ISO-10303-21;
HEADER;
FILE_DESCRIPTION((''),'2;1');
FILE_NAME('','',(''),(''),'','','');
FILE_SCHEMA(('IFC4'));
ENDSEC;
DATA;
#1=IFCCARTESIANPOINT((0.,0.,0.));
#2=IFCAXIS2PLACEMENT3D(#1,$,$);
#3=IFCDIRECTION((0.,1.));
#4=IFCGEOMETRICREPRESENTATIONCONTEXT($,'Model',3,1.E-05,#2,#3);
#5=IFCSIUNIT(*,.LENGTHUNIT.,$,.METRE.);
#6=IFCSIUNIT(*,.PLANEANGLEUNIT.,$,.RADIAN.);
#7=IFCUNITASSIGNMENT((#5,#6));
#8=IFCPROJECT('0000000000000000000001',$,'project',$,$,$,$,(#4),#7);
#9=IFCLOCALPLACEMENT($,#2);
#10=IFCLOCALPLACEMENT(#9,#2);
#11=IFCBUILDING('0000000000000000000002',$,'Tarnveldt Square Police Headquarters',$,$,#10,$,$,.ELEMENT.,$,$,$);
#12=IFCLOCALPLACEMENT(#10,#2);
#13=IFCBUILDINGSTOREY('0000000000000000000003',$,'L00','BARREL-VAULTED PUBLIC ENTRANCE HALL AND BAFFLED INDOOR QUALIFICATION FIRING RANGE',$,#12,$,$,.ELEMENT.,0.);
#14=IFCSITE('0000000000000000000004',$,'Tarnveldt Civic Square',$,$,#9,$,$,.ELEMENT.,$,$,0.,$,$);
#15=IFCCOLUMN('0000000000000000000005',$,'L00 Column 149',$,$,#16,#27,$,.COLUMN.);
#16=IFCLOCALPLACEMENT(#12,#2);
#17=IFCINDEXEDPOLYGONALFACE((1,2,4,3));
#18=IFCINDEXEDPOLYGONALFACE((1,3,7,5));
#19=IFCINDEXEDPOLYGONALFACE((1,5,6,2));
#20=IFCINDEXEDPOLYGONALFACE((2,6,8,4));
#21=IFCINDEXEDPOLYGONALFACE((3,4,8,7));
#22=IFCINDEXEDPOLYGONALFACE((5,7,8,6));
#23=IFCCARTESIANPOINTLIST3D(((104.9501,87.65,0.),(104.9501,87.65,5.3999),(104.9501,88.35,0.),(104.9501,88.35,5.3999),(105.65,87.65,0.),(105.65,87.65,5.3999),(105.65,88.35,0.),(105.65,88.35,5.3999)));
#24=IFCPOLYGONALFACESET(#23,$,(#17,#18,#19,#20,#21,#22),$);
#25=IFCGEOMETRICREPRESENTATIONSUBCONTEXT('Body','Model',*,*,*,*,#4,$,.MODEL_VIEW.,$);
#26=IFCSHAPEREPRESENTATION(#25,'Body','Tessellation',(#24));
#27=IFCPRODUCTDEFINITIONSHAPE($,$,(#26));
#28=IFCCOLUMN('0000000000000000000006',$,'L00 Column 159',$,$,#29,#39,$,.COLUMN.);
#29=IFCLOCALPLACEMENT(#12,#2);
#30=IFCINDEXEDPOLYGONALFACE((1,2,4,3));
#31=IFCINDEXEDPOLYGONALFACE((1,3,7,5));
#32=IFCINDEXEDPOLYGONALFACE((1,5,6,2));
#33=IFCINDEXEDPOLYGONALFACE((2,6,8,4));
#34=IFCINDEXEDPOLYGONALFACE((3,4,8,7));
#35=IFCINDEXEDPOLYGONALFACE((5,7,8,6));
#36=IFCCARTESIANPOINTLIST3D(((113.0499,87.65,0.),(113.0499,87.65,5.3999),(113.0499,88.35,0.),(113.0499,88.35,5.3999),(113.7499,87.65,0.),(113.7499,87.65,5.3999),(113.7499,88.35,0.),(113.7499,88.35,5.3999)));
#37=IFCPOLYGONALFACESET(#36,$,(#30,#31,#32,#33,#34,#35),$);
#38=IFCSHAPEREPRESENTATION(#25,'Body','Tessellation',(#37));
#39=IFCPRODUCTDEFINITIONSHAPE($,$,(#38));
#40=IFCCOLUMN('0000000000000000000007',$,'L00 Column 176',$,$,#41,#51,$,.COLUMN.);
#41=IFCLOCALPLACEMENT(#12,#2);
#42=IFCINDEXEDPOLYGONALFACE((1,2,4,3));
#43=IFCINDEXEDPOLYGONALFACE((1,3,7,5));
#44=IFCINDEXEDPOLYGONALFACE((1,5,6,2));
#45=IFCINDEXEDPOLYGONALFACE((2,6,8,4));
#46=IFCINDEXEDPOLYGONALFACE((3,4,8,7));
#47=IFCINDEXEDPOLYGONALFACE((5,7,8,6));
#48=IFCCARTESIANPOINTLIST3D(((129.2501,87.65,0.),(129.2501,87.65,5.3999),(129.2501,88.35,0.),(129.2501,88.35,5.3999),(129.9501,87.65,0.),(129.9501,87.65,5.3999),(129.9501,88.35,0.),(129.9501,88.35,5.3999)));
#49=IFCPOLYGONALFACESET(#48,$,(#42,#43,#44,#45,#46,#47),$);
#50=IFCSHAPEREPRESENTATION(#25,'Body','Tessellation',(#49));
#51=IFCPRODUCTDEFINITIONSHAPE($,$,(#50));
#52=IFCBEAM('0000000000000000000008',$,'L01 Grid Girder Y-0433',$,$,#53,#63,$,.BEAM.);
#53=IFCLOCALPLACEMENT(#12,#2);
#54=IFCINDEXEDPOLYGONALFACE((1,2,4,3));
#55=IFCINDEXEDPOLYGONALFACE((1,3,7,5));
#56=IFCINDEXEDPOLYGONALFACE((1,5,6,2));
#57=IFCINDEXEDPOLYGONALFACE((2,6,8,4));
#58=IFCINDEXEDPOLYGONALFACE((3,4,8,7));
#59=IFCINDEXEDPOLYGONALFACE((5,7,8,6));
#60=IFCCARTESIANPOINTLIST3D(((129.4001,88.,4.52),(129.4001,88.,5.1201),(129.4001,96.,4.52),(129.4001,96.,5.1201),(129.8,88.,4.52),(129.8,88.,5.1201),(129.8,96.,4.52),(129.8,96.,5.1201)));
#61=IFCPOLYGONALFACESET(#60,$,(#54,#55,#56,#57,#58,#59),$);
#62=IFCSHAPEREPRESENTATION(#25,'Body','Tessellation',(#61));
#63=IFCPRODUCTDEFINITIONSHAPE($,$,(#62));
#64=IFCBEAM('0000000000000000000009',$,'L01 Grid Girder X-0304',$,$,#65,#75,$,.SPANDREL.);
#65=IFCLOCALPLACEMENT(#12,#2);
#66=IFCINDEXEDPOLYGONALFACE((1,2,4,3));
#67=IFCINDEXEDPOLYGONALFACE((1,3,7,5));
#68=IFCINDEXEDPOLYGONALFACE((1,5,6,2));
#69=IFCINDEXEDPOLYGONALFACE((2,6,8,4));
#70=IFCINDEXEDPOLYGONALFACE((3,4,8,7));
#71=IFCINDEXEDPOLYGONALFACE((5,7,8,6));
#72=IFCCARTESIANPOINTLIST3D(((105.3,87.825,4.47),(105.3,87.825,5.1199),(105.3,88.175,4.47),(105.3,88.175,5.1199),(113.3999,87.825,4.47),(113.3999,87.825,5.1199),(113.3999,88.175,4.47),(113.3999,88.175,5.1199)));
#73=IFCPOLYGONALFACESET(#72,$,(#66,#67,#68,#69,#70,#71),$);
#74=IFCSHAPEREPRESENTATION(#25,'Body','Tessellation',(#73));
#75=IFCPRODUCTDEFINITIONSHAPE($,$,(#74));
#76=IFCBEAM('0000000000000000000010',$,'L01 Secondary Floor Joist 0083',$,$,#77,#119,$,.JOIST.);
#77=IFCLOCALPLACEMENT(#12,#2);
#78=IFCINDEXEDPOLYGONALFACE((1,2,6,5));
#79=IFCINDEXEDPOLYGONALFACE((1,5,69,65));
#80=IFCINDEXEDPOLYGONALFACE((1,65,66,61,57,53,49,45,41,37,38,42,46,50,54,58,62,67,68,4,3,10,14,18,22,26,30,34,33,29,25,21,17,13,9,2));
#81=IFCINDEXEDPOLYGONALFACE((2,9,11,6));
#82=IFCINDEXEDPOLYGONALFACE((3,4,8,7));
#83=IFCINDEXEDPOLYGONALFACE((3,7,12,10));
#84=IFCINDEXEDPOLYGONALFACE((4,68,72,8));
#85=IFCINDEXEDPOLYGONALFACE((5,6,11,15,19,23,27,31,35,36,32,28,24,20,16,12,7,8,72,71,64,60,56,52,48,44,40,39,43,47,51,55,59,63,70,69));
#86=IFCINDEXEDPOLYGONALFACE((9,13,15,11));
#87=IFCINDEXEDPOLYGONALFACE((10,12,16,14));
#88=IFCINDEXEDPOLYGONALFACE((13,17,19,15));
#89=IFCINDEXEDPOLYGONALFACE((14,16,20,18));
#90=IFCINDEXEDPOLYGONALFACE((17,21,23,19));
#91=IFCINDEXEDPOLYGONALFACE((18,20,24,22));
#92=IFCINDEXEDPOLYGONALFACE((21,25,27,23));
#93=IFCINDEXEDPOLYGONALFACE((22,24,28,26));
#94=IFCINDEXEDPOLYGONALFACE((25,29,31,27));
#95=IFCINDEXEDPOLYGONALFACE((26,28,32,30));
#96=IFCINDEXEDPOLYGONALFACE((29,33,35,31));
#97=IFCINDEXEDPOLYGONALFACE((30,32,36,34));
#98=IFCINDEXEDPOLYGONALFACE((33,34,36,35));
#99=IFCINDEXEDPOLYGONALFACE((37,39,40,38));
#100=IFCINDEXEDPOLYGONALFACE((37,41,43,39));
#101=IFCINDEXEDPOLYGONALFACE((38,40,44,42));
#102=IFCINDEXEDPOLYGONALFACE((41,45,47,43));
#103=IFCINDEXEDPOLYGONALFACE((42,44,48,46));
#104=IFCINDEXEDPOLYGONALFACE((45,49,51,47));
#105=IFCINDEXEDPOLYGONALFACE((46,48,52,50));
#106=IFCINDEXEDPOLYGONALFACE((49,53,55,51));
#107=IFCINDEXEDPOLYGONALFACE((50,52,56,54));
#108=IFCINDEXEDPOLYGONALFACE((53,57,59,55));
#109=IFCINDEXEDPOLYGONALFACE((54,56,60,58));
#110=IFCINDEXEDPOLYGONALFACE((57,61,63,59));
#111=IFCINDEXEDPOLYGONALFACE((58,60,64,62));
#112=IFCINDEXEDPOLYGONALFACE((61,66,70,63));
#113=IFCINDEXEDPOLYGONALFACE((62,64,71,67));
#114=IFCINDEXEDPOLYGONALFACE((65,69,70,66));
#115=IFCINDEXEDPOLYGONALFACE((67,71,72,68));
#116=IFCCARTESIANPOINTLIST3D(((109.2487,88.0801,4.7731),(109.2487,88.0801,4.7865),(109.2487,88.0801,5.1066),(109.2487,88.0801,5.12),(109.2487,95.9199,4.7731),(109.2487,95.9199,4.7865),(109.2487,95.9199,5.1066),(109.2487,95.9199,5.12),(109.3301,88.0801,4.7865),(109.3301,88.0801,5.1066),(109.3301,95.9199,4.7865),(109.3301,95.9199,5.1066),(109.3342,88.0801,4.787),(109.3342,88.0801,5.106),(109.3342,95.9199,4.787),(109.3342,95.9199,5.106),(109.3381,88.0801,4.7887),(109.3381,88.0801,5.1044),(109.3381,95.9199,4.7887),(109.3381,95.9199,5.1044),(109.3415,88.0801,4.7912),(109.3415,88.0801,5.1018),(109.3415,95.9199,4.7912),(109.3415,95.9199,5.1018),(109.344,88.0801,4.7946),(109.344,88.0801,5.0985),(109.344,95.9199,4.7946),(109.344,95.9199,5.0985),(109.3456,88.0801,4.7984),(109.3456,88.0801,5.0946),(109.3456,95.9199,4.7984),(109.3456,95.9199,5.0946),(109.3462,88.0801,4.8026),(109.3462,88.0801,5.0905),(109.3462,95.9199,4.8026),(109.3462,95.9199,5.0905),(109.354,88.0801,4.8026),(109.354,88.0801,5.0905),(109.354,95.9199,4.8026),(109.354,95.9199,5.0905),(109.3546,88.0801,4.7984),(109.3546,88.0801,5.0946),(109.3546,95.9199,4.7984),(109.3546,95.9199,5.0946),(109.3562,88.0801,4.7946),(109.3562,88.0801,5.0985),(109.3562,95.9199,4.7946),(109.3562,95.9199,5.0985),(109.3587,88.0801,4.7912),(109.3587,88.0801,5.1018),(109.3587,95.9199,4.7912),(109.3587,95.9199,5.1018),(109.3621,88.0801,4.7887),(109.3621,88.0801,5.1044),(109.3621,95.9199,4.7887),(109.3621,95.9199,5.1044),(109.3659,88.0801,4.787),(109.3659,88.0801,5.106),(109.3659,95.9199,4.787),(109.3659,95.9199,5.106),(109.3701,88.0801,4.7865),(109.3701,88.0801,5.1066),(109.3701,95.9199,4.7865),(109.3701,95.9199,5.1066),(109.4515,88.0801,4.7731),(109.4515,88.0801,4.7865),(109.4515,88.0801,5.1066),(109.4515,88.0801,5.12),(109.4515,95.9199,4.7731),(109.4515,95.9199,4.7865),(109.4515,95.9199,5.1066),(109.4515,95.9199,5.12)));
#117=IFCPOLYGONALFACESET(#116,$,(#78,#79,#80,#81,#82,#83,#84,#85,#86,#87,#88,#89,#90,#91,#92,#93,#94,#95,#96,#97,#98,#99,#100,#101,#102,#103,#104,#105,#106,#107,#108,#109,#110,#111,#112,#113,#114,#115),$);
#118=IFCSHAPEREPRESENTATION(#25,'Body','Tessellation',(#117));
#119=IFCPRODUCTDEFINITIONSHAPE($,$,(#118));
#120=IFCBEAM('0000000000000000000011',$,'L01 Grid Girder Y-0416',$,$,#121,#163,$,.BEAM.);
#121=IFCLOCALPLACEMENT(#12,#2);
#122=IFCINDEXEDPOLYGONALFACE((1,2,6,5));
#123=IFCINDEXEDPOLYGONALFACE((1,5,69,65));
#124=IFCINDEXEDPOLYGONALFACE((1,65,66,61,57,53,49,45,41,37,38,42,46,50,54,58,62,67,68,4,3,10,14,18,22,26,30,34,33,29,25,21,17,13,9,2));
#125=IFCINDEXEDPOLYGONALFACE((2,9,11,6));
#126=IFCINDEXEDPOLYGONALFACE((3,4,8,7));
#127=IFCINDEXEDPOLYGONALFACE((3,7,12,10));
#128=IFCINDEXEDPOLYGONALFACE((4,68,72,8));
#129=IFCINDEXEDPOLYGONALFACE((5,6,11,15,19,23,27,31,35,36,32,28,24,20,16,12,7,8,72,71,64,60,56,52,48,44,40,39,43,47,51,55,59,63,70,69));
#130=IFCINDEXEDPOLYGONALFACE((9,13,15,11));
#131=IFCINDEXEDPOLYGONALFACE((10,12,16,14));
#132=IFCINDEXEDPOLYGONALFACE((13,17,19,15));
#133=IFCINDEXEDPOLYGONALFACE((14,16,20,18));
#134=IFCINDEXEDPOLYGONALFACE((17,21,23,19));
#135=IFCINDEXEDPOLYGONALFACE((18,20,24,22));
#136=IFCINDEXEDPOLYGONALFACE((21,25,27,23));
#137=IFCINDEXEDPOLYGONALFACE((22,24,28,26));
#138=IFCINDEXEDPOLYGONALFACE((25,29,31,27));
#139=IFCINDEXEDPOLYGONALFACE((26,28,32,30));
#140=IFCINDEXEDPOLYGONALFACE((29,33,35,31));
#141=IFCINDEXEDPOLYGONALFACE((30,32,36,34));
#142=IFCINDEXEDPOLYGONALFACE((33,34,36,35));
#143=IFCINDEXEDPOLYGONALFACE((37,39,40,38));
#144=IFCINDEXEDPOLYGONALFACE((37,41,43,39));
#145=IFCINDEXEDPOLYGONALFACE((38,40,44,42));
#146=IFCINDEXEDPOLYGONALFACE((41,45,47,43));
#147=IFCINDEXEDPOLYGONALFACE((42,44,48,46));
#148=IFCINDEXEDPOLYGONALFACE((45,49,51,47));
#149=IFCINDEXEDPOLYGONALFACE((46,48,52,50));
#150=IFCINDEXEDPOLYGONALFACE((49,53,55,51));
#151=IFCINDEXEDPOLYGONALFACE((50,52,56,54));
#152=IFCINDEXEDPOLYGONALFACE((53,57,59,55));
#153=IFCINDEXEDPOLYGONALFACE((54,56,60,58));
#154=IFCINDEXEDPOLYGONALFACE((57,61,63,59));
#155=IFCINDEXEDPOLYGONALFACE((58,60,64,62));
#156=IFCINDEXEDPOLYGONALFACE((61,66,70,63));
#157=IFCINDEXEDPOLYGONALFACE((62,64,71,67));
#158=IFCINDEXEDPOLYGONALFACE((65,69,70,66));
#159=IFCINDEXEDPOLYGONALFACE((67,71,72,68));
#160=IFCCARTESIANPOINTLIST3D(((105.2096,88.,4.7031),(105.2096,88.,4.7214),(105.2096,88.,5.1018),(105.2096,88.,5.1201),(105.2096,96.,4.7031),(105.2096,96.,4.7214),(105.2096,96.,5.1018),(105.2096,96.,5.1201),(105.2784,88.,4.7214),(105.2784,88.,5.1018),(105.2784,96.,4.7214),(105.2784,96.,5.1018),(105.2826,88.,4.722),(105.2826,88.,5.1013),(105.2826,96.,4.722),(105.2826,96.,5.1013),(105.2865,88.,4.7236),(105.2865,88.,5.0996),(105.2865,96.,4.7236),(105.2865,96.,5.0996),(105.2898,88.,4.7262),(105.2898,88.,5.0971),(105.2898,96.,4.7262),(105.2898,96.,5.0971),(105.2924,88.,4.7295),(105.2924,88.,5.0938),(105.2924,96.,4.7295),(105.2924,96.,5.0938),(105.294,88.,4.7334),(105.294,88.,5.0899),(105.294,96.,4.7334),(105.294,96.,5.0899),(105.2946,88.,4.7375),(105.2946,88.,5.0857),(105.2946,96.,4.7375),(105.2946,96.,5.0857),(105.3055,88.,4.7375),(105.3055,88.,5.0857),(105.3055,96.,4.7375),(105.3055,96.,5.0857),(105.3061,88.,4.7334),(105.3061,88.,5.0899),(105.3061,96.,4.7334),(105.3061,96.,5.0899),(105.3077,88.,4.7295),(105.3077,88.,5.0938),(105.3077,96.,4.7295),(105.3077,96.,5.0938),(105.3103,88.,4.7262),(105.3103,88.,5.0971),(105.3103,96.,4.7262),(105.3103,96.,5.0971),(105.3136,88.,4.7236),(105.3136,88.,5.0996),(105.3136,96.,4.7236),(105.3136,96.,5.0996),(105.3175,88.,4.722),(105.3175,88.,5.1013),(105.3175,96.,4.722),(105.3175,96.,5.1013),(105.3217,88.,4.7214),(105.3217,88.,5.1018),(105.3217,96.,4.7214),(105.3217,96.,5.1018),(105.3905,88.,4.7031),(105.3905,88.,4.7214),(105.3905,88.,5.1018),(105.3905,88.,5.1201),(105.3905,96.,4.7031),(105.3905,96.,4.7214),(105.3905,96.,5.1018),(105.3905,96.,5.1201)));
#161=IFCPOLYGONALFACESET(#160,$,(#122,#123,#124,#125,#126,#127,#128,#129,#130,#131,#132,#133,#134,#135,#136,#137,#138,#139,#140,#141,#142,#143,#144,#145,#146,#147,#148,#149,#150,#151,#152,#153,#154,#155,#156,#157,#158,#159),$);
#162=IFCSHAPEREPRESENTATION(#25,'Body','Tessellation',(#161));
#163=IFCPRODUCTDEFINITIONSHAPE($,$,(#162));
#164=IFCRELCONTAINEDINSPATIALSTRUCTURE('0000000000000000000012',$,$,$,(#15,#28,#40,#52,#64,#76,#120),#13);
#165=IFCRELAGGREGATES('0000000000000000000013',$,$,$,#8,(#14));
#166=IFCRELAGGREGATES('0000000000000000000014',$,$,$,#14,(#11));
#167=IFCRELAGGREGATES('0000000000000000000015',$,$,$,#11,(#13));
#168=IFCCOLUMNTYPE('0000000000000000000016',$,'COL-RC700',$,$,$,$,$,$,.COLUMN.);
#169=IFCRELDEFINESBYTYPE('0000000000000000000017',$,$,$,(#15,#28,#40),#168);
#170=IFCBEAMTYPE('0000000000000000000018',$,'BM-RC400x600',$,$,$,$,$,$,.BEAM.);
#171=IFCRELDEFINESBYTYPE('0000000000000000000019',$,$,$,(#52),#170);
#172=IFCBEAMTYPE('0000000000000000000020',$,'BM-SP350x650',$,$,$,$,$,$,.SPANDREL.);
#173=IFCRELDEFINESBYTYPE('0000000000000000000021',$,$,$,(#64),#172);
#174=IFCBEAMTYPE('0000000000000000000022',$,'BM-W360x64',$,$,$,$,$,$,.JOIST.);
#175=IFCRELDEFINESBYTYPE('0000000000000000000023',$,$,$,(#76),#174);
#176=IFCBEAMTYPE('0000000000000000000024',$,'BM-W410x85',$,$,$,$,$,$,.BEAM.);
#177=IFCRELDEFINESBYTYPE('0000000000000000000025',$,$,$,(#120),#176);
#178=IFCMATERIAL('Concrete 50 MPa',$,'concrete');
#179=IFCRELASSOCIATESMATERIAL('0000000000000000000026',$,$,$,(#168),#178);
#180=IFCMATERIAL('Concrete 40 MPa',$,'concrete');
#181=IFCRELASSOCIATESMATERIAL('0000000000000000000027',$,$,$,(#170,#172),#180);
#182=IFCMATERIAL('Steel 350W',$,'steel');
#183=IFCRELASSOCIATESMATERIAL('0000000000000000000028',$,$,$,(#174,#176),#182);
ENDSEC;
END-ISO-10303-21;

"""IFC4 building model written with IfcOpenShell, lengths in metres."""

from ifc_helpers import new_model, si_unit, direction, frame, origin, origin_2d, place, context, subcontext, project, spatial, rectangle, i_section, extrude, material, material_profile, profile_set, type_object, element, save


model = new_model("IFC4")

# Units and contexts
model_context = context("Model", 3, precision=1e-05, world=origin(), true_north=direction((0.0, 1.0)))
body_context = subcontext(model_context, "Body", "Model", "MODEL_VIEW")
ifc_project = project(units=[si_unit("LENGTHUNIT", "METRE"), si_unit("PLANEANGLEUNIT", "RADIAN")], contexts=[model_context])

# Site, building, storey
site_placement = place(None, origin())
site = spatial("IfcSite", under=ifc_project, at=site_placement, Name="Tarnveldt Civic Square", CompositionType="ELEMENT", RefElevation=0.0)
building_placement = place(site_placement, origin())
building = spatial("IfcBuilding", under=site, at=building_placement, Name="Tarnveldt Square Police Headquarters", CompositionType="ELEMENT")
storey_placement = place(building_placement, origin())
storey = spatial("IfcBuildingStorey", under=building, at=storey_placement, Name="L00", Description="BARREL-VAULTED PUBLIC ENTRANCE HALL AND BAFFLED INDOOR QUALIFICATION FIRING RANGE", CompositionType="ELEMENT", Elevation=0.0)

# Columns
ifc_material_1 = material(Name="Concrete 50 MPa", Category="concrete")
ifc_material_profile_1 = material_profile(ifc_material_1, rectangle(XDim=0.7, YDim=0.7, at=origin_2d()), Name="RC-C700x700")
ifc_profile_set_1 = profile_set([ifc_material_profile_1], Name="Concrete 50 MPa")
column_type = type_object("IfcColumnType", Name="COL-RC700", PredefinedType="COLUMN", material=ifc_profile_set_1)
for number, where, z_axis, x_axis, name in (
    (1, (105.3, 88.0, 0.0), (0.0, 0.0, 1.0), (1.0, 0.0, 0.0), "L00 Column 149"),
    (2, (113.3999, 88.0, 0.0), (0.0, 0.0, 1.0), (1.0, 0.0, 0.0), "L00 Column 159"),
    (3, (129.6001, 88.0, 0.0), (0.0, 0.0, 1.0), (1.0, 0.0, 0.0), "L00 Column 176"),
):
    element("IfcColumn", number, at=place(storey_placement, frame(where, z_axis=z_axis, x_axis=x_axis)), inside=storey, type_object=column_type, Name=name, PredefinedType="COLUMN", context=body_context, shape_type="SweptSolid", body=[
        extrude(rectangle(XDim=0.7, YDim=0.7, at=origin_2d()), origin(), (0.0, 0.0, 1.0), 5.3999),
    ])

# Beams
ifc_material_2 = material(Name="Concrete 40 MPa", Category="concrete")
ifc_material_profile_2 = material_profile(ifc_material_2, rectangle(XDim=0.3999, YDim=0.6001, at=origin_2d()), Name="RC-B400x600")
ifc_profile_set_2 = profile_set([ifc_material_profile_2], Name="Concrete 40 MPa")
beam_type_1 = type_object("IfcBeamType", Name="BM-RC400x600", PredefinedType="BEAM", material=ifc_profile_set_2)
beam_1_placement = place(storey_placement, frame((129.6001, 88.0, 4.8201), z_axis=(0.0, 1.0, 0.0), x_axis=(-1.0, 0.0, 0.0)))
element("IfcBeam", 4, at=beam_1_placement, inside=storey, type_object=beam_type_1, Name="L01 Grid Girder Y-0433", PredefinedType="BEAM", context=body_context, shape_type="SweptSolid", body=[
    extrude(rectangle(XDim=0.3999, YDim=0.6001, at=origin_2d()), origin(), (0.0, 0.0, 1.0), 8.0),
])
ifc_material_profile_3 = material_profile(ifc_material_2, rectangle(XDim=0.3501, YDim=0.6499, at=origin_2d()), Name="RC-SP350x650")
ifc_profile_set_3 = profile_set([ifc_material_profile_3], Name="Concrete 40 MPa")
beam_type_2 = type_object("IfcBeamType", Name="BM-SP350x650", PredefinedType="SPANDREL", material=ifc_profile_set_3)
beam_2_placement = place(storey_placement, frame((105.3, 88.0, 4.7949), z_axis=(1.0, 0.0, 0.0), x_axis=(0.0, 1.0, 0.0)))
element("IfcBeam", 5, at=beam_2_placement, inside=storey, type_object=beam_type_2, Name="L01 Grid Girder X-0304", PredefinedType="SPANDREL", context=body_context, shape_type="SweptSolid", body=[
    extrude(rectangle(XDim=0.3501, YDim=0.6499, at=origin_2d()), origin(), (0.0, 0.0, 1.0), 8.0999),
])
ifc_material_3 = material(Name="Steel 350W", Category="steel")
ifc_material_profile_4 = material_profile(ifc_material_3, i_section(OverallWidth=0.2029, OverallDepth=0.3469, WebThickness=0.0078, FlangeThickness=0.0134, FilletRadius=0.0161, at=origin_2d()), Name="W360x64")
ifc_profile_set_4 = profile_set([ifc_material_profile_4], Name="Steel 350W")
beam_type_3 = type_object("IfcBeamType", Name="BM-W360x64", PredefinedType="JOIST", material=ifc_profile_set_4)
beam_3_placement = place(storey_placement, frame((109.3501, 88.0801, 4.9465), z_axis=(0.0, 1.0, 0.0), x_axis=(-1.0, 0.0, 0.0)))
element("IfcBeam", 6, at=beam_3_placement, inside=storey, type_object=beam_type_3, Name="L01 Secondary Floor Joist 0083", PredefinedType="JOIST", context=body_context, shape_type="SweptSolid", body=[
    extrude(i_section(OverallWidth=0.2029, OverallDepth=0.3469, WebThickness=0.0078, FlangeThickness=0.0134, FilletRadius=0.0161, at=origin_2d()), origin(), (0.0, 0.0, 1.0), 7.8398),
])
ifc_material_profile_5 = material_profile(ifc_material_3, i_section(OverallWidth=0.1809, OverallDepth=0.417, WebThickness=0.011, FlangeThickness=0.0183, FilletRadius=0.0161, at=origin_2d()), Name="W410x85")
ifc_profile_set_5 = profile_set([ifc_material_profile_5], Name="Steel 350W")
beam_type_4 = type_object("IfcBeamType", Name="BM-W410x85", PredefinedType="BEAM", material=ifc_profile_set_5)
for number, where, z_axis, x_axis, name in (
    (7, (105.3, 88.0, 4.9116), (0.0, 1.0, 0.0), (-1.0, 0.0, 0.0), "L01 Grid Girder Y-0416"),
):
    element("IfcBeam", number, at=place(storey_placement, frame(where, z_axis=z_axis, x_axis=x_axis)), inside=storey, type_object=beam_type_4, Name=name, PredefinedType="BEAM", context=body_context, shape_type="SweptSolid", body=[
        extrude(i_section(OverallWidth=0.1809, OverallDepth=0.417, WebThickness=0.011, FlangeThickness=0.0183, FilletRadius=0.0161, at=origin_2d()), origin(), (0.0, 0.0, 1.0), 8.0),
    ])

save(model, "model.ifc")
